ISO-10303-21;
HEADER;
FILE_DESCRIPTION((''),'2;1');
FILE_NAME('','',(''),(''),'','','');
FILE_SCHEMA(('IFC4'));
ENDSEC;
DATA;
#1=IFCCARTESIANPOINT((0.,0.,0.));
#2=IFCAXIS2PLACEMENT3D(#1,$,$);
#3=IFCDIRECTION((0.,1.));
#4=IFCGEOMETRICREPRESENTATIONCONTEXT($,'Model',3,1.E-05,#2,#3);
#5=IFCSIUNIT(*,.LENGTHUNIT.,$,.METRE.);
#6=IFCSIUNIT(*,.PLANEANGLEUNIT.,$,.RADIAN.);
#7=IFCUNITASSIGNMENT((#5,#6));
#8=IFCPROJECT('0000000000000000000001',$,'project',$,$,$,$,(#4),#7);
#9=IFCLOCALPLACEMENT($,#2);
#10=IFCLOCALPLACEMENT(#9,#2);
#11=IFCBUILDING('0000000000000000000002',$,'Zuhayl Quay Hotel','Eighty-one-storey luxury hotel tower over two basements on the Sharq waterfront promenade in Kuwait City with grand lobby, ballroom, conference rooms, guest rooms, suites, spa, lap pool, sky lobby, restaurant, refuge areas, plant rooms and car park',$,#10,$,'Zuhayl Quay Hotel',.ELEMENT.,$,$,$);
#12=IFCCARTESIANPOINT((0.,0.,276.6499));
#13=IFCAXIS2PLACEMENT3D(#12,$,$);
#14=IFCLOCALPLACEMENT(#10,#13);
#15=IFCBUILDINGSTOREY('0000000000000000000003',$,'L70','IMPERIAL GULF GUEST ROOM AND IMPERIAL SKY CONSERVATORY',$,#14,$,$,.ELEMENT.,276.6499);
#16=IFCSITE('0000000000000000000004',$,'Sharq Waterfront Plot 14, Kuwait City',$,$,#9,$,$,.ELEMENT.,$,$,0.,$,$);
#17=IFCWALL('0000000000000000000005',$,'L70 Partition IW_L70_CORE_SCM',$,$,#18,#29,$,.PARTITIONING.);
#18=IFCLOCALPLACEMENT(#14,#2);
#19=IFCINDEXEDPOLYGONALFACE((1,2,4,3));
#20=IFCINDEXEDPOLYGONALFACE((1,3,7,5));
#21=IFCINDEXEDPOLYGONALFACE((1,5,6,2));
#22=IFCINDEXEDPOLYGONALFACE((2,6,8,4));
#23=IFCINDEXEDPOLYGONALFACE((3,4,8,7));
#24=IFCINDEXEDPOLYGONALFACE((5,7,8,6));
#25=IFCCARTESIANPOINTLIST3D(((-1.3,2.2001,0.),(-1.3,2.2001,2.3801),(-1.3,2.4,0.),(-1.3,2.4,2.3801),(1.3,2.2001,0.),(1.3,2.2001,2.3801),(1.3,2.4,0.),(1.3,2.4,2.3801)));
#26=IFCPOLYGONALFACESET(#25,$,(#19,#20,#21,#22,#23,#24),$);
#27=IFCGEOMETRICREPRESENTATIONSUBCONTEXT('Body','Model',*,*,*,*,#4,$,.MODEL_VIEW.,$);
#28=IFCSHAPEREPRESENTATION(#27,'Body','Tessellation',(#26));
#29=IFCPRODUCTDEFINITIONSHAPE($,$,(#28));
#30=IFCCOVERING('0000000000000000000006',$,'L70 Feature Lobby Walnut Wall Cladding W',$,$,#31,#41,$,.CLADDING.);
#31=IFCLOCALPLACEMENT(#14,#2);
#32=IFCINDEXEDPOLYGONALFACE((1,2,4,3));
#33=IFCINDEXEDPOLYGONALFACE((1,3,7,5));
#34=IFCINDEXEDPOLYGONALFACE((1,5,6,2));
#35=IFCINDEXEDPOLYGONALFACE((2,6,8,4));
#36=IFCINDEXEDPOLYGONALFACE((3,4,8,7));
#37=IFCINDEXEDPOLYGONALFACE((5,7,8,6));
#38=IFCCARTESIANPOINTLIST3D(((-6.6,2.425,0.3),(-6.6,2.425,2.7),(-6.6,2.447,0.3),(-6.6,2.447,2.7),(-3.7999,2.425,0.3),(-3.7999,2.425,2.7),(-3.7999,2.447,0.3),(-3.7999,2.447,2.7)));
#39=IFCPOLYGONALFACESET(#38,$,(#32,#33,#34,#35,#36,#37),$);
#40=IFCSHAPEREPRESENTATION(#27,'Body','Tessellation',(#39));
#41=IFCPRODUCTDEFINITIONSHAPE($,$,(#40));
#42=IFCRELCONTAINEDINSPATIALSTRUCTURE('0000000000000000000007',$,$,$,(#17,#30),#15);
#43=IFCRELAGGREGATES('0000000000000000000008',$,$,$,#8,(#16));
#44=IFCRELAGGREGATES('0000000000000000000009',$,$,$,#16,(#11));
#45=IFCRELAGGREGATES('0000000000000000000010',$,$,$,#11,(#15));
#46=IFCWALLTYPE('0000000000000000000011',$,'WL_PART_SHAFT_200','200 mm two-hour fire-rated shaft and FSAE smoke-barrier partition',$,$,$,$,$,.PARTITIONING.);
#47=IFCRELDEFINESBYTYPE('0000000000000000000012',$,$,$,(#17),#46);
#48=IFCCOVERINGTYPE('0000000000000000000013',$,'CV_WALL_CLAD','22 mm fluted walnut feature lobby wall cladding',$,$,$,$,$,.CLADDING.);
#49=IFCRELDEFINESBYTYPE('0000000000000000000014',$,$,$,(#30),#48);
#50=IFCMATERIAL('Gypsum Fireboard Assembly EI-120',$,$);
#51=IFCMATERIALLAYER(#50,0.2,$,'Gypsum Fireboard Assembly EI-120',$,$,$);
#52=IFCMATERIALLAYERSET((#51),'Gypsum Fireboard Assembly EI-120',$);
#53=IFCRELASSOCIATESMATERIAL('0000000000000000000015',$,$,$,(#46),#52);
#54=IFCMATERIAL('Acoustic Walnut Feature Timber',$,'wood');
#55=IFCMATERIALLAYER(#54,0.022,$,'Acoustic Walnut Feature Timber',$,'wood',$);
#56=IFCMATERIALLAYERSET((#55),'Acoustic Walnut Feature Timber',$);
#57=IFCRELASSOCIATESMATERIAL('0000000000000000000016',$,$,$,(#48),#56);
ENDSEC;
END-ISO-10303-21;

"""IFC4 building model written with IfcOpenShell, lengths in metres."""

from ifc_helpers import new_model, si_unit, direction, frame, frame_2d, origin, origin_2d, place, context, subcontext, project, spatial, rectangle, extrude, material, layer, layer_set, type_object, element, save


model = new_model("IFC4")

# Units and contexts
model_context = context("Model", 3, precision=1e-05, world=origin(), true_north=direction((0.0, 1.0)))
body_context = subcontext(model_context, "Body", "Model", "MODEL_VIEW")
ifc_project = project(units=[si_unit("LENGTHUNIT", "METRE"), si_unit("PLANEANGLEUNIT", "RADIAN")], contexts=[model_context])

# Site, building, storey
site_placement = place(None, origin())
site = spatial("IfcSite", under=ifc_project, at=site_placement, Name="Sharq Waterfront Plot 14, Kuwait City", CompositionType="ELEMENT", RefElevation=0.0)
building_placement = place(site_placement, origin())
building = spatial("IfcBuilding", under=site, at=building_placement, Name="Zuhayl Quay Hotel", Description="Eighty-one-storey luxury hotel tower over two basements on the Sharq waterfront promenade in Kuwait City with grand lobby, ballroom, conference rooms, guest rooms, suites, spa, lap pool, sky lobby, restaurant, refuge areas, plant rooms and car park", LongName="Zuhayl Quay Hotel", CompositionType="ELEMENT")
storey_placement = place(building_placement, frame((0.0, 0.0, 276.6499)))
storey = spatial("IfcBuildingStorey", under=building, at=storey_placement, Name="L70", Description="IMPERIAL GULF GUEST ROOM AND IMPERIAL SKY CONSERVATORY", CompositionType="ELEMENT", Elevation=276.6499)

# Shared definitions
ifc_material_1 = material(Name="Gypsum Fireboard Assembly EI-120")
ifc_layer_1 = layer(ifc_material_1, 0.2, Name="Gypsum Fireboard Assembly EI-120")
ifc_layer_set_1 = layer_set([ifc_layer_1], Name="Gypsum Fireboard Assembly EI-120")
wall_type_1 = type_object("IfcWallType", Name="WL_PART_SHAFT_200", Description="200 mm two-hour fire-rated shaft and FSAE smoke-barrier partition", PredefinedType="PARTITIONING", material=ifc_layer_set_1)

# Wall
wall_1_placement = place(storey_placement, frame((-1.3, 2.3, 0.0), z_axis=(0.0, 0.0, 1.0), x_axis=(1.0, 0.0, 0.0)))
element("IfcWall", 1, at=wall_1_placement, inside=storey, type_object=wall_type_1, Name="L70 Partition IW_L70_CORE_SCM", PredefinedType="PARTITIONING", context=body_context, shape_type="SweptSolid", body=[
    extrude(rectangle(XDim=2.6001, YDim=0.2, at=frame_2d((1.3, 0.0))), origin(), (0.0, 0.0, 1.0), 2.3801),
])

# Covering
ifc_material_2 = material(Name="Acoustic Walnut Feature Timber", Category="wood")
ifc_layer_2 = layer(ifc_material_2, 0.022, Name="Acoustic Walnut Feature Timber", Category="wood")
ifc_layer_set_2 = layer_set([ifc_layer_2], Name="Acoustic Walnut Feature Timber")
covering_type = type_object("IfcCoveringType", Name="CV_WALL_CLAD", Description="22 mm fluted walnut feature lobby wall cladding", PredefinedType="CLADDING", material=ifc_layer_set_2)
covering_placement = place(storey_placement, frame((-5.2, 2.436, 0.3), z_axis=(0.0, 0.0, 1.0), x_axis=(1.0, 0.0, 0.0)))
element("IfcCovering", 2, at=covering_placement, inside=storey, type_object=covering_type, Name="L70 Feature Lobby Walnut Wall Cladding W", PredefinedType="CLADDING", context=body_context, shape_type="SweptSolid", body=[
    extrude(rectangle(XDim=2.8, YDim=0.022, at=origin_2d()), origin(), (0.0, 0.0, 1.0), 2.3999),
])

save(model, "model.ifc")
